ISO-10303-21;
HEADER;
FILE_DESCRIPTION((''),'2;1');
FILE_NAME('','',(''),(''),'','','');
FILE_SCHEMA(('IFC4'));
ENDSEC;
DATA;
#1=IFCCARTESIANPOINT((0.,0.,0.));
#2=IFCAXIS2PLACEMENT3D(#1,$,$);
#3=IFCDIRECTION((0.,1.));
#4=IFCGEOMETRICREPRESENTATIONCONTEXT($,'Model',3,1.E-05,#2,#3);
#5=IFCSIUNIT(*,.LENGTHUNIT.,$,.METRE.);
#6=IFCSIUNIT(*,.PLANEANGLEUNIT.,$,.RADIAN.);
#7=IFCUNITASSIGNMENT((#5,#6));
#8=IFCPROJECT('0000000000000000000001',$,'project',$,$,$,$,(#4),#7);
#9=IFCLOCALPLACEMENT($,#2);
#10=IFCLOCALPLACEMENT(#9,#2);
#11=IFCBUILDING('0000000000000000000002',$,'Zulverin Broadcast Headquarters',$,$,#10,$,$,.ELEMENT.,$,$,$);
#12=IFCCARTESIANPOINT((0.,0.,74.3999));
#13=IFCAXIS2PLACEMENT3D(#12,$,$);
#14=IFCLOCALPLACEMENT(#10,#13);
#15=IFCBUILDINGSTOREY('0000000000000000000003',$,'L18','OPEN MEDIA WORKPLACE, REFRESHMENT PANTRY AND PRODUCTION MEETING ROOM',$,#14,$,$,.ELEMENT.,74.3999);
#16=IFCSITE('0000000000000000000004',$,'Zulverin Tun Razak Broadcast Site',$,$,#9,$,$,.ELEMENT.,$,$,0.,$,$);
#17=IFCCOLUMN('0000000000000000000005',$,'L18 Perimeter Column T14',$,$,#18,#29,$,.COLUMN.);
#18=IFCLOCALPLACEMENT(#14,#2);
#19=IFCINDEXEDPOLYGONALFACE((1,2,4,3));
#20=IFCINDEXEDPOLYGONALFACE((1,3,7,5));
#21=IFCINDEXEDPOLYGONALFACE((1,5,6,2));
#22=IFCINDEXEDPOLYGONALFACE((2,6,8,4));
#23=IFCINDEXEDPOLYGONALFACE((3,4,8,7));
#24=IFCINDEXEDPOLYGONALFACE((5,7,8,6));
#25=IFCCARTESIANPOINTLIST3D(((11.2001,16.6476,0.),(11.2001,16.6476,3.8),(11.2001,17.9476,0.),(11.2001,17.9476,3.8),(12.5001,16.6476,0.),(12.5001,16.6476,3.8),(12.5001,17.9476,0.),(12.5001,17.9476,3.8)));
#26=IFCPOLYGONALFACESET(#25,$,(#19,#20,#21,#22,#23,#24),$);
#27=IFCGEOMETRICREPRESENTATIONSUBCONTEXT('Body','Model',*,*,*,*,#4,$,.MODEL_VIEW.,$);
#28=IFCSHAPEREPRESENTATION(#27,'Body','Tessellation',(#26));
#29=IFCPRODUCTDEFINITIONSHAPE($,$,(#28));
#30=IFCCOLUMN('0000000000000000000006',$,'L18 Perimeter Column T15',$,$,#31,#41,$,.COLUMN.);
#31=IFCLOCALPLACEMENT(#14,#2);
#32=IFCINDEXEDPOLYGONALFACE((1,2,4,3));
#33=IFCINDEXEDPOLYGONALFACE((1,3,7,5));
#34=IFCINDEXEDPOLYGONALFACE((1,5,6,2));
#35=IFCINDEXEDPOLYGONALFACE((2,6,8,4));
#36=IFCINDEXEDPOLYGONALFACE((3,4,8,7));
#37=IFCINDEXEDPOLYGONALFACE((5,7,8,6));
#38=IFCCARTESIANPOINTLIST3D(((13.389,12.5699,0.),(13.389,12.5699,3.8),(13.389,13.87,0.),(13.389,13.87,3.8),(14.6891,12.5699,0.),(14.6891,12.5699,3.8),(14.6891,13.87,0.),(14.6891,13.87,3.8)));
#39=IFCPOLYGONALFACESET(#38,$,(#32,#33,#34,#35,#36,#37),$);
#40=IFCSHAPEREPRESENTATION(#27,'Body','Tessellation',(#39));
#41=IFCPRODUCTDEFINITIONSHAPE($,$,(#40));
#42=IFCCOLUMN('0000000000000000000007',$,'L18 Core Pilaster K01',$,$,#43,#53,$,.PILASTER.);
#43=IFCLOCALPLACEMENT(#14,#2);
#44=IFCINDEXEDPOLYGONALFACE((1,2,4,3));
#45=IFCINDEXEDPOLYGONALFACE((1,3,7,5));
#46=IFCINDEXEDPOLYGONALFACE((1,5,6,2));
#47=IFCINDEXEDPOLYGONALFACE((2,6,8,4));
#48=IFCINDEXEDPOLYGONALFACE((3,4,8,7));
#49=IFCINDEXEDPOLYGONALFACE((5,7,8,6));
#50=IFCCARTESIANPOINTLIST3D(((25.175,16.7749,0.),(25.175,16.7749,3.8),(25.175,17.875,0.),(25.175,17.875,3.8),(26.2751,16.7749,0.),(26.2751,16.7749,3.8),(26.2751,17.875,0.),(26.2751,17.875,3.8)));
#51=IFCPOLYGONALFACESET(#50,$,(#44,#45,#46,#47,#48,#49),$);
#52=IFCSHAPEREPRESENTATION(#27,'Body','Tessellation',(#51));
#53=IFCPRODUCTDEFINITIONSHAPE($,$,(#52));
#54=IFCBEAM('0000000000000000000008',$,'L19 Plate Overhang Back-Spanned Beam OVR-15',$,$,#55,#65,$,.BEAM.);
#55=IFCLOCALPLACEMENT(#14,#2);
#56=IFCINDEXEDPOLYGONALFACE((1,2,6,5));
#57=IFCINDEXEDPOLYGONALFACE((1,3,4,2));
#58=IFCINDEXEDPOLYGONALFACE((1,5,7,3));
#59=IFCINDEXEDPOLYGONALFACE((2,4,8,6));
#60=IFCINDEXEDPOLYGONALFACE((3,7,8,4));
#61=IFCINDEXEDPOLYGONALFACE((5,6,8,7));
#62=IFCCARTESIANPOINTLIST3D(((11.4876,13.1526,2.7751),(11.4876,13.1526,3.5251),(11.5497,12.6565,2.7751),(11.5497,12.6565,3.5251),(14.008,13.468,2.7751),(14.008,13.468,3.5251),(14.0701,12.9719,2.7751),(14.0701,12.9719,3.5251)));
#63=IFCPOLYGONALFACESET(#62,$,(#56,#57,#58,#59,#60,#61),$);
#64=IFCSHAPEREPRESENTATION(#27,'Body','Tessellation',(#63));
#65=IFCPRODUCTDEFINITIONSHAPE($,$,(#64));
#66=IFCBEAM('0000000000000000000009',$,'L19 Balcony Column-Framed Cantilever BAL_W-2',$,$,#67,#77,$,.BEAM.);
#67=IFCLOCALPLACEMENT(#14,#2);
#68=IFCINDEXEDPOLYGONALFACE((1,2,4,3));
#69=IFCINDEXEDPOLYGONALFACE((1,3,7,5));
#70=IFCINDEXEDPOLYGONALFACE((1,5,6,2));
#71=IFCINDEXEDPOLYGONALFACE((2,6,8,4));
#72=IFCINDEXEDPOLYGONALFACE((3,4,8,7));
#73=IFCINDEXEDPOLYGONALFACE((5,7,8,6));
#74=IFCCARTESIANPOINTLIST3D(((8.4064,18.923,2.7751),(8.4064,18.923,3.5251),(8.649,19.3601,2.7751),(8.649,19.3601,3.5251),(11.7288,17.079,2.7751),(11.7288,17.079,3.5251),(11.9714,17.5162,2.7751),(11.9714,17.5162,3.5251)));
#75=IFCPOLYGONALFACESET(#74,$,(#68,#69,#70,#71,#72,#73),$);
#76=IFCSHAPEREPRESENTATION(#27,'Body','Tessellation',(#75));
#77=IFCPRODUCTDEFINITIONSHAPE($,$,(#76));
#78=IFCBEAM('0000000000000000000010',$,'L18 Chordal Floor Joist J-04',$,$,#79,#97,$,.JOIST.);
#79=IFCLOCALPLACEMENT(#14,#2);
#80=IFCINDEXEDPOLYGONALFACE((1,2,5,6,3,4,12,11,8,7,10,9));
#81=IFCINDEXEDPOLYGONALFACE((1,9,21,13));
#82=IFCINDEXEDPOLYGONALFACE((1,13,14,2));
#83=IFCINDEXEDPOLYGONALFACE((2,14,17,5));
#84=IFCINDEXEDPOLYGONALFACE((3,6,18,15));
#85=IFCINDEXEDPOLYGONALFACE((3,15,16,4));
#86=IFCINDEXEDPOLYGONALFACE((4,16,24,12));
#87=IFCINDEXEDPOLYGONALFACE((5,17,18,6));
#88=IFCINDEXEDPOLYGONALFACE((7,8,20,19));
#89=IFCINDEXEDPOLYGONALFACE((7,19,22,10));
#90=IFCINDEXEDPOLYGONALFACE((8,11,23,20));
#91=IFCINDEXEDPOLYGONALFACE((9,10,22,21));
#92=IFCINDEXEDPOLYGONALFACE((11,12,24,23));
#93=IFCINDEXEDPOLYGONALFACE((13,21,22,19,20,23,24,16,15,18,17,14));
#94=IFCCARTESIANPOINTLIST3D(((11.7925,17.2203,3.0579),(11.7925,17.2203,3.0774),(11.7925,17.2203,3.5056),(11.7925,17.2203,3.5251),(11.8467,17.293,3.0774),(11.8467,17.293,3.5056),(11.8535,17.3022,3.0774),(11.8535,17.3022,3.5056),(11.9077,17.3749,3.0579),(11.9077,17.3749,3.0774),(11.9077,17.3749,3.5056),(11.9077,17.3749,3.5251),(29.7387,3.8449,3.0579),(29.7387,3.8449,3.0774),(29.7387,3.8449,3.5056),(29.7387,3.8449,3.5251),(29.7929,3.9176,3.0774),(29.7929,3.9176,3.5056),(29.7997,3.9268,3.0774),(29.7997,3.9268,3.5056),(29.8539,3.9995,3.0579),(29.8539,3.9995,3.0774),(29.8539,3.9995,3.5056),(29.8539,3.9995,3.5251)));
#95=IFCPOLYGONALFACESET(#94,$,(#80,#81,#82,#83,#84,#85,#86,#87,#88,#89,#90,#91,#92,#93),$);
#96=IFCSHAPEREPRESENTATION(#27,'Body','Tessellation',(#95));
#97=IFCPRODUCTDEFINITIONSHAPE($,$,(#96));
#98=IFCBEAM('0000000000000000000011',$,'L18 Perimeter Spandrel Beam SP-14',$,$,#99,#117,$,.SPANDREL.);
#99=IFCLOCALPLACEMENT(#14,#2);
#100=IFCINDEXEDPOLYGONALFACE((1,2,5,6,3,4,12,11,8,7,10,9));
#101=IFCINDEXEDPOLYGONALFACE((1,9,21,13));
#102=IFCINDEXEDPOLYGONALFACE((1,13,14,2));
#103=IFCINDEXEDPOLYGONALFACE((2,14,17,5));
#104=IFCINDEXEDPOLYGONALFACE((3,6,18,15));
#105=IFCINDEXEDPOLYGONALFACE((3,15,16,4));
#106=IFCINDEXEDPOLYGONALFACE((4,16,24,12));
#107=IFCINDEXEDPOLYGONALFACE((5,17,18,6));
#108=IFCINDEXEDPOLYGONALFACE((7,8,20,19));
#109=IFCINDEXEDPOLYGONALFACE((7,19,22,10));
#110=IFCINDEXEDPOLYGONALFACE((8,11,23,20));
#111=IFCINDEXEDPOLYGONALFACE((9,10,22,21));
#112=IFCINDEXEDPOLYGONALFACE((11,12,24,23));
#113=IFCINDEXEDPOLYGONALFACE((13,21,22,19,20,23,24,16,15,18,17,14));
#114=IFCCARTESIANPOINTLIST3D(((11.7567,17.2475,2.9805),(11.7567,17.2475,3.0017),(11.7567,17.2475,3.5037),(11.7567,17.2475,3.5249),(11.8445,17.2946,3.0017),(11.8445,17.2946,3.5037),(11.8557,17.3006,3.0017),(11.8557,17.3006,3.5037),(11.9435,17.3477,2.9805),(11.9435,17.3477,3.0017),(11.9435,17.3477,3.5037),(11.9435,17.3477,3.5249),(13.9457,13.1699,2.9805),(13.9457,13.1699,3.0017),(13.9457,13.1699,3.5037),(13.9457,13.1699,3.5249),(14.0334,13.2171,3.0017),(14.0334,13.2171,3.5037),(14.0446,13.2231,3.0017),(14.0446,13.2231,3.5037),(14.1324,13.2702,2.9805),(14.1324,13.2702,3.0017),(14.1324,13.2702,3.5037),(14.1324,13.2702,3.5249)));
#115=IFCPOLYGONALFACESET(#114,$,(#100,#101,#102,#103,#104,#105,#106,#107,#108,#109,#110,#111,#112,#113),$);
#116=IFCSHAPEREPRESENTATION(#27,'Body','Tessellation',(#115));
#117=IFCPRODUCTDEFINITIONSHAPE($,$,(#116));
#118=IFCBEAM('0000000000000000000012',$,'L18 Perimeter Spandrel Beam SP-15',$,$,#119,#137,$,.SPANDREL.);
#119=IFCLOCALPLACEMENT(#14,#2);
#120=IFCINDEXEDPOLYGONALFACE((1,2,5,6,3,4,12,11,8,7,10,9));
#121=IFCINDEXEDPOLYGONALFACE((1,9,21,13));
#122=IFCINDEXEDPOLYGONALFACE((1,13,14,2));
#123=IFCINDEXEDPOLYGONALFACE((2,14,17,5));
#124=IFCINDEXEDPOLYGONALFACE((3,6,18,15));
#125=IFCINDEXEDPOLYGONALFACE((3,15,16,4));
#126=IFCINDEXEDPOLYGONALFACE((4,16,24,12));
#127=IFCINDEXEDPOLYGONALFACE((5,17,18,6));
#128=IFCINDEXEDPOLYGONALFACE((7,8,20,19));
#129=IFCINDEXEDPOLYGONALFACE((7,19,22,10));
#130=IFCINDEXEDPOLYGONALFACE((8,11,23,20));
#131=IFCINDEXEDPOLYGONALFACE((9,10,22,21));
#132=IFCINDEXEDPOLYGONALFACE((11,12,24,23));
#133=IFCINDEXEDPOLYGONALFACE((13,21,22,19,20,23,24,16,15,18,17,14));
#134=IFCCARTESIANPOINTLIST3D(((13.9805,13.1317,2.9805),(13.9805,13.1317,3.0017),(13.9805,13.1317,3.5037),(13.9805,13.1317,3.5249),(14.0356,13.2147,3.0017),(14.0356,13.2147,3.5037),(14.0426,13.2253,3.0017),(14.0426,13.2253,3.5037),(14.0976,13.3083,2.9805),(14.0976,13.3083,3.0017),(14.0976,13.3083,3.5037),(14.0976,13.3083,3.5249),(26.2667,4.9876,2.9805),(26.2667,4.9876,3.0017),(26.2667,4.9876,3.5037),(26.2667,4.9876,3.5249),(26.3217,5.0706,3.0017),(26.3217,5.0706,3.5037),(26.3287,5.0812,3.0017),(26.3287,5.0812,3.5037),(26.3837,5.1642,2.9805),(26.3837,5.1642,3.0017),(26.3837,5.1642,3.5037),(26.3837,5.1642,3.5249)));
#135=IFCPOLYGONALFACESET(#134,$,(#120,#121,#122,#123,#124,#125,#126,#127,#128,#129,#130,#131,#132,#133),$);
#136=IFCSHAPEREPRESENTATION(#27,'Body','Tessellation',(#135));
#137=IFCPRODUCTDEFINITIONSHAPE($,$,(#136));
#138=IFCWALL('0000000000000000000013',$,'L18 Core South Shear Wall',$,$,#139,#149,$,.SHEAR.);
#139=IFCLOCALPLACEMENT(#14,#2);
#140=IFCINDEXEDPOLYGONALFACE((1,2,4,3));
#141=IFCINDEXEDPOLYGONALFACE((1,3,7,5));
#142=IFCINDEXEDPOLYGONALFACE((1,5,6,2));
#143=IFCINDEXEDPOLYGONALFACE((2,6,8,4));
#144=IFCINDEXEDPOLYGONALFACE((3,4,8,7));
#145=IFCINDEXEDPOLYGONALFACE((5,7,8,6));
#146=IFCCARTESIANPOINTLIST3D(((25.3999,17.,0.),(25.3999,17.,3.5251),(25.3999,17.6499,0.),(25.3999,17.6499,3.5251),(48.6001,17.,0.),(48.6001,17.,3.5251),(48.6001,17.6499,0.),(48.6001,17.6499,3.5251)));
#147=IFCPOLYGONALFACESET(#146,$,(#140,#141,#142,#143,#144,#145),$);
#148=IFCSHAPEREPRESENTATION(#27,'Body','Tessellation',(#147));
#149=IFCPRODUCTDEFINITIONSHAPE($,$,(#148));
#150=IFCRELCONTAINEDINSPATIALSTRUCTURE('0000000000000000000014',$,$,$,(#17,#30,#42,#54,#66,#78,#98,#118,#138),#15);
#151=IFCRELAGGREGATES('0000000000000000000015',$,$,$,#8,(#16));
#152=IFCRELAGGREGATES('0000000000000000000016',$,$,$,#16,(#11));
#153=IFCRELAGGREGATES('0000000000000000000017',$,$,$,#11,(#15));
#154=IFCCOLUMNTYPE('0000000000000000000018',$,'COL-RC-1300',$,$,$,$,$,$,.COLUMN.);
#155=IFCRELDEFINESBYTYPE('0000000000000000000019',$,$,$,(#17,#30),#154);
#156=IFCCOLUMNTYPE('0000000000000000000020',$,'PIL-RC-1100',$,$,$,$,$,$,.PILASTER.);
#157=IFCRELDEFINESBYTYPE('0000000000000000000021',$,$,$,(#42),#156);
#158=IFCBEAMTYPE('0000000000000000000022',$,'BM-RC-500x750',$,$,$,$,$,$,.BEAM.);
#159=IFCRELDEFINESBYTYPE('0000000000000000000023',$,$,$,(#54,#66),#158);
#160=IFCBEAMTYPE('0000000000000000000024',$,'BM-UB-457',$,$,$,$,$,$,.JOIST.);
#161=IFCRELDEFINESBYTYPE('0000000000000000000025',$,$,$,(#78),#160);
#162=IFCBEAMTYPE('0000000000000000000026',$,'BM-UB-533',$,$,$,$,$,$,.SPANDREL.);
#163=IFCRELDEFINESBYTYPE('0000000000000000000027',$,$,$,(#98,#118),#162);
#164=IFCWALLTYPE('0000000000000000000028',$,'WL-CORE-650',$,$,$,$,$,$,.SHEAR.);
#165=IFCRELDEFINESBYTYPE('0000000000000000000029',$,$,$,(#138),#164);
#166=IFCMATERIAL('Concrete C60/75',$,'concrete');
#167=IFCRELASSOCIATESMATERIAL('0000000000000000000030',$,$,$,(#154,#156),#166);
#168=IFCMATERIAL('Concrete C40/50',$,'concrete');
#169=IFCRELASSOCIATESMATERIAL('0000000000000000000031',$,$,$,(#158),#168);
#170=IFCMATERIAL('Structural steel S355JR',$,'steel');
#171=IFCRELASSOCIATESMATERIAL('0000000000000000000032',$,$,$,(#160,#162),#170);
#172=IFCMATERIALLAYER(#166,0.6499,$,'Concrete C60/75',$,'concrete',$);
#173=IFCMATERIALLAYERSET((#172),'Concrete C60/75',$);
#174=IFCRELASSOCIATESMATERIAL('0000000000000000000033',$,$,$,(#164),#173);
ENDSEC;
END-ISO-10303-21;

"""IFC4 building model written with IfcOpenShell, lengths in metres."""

from ifc_helpers import new_model, si_unit, direction, frame, frame_2d, origin, origin_2d, place, context, subcontext, project, spatial, rectangle, i_section, extrude, material, layer, layer_set, material_profile, profile_set, type_object, element, save


model = new_model("IFC4")

# Units and contexts
model_context = context("Model", 3, precision=1e-05, world=origin(), true_north=direction((0.0, 1.0)))
body_context = subcontext(model_context, "Body", "Model", "MODEL_VIEW")
ifc_project = project(units=[si_unit("LENGTHUNIT", "METRE"), si_unit("PLANEANGLEUNIT", "RADIAN")], contexts=[model_context])

# Site, building, storey
site_placement = place(None, origin())
site = spatial("IfcSite", under=ifc_project, at=site_placement, Name="Zulverin Tun Razak Broadcast Site", CompositionType="ELEMENT", RefElevation=0.0)
building_placement = place(site_placement, origin())
building = spatial("IfcBuilding", under=site, at=building_placement, Name="Zulverin Broadcast Headquarters", CompositionType="ELEMENT")
storey_placement = place(building_placement, frame((0.0, 0.0, 74.3999)))
storey = spatial("IfcBuildingStorey", under=building, at=storey_placement, Name="L18", Description="OPEN MEDIA WORKPLACE, REFRESHMENT PANTRY AND PRODUCTION MEETING ROOM", CompositionType="ELEMENT", Elevation=74.3999)

# Columns
ifc_material_1 = material(Name="Concrete C60/75", Category="concrete")
ifc_material_profile_1 = material_profile(ifc_material_1, rectangle(XDim=1.3, YDim=1.3, at=origin_2d()), Name="Concrete C60/75", Category="concrete")
ifc_profile_set_1 = profile_set([ifc_material_profile_1], Name="Concrete C60/75")
column_type_1 = type_object("IfcColumnType", Name="COL-RC-1300", PredefinedType="COLUMN", material=ifc_profile_set_1)
for number, where, z_axis, x_axis, name in (
    (1, (11.8501, 17.2976, 0.0), (0.0, 0.0, 1.0), (1.0, 0.0, 0.0), "L18 Perimeter Column T14"),
    (2, (14.0391, 13.22, 0.0), (0.0, 0.0, 1.0), (1.0, 0.0, 0.0), "L18 Perimeter Column T15"),
):
    element("IfcColumn", number, at=place(storey_placement, frame(where, z_axis=z_axis, x_axis=x_axis)), inside=storey, type_object=column_type_1, Name=name, PredefinedType="COLUMN", context=body_context, shape_type="SweptSolid", body=[
        extrude(rectangle(XDim=1.3, YDim=1.3, at=origin_2d()), origin(), (0.0, 0.0, 1.0), 3.8),
    ])
ifc_material_profile_2 = material_profile(ifc_material_1, rectangle(XDim=1.1001, YDim=1.1001, at=origin_2d()), Name="Concrete C60/75", Category="concrete")
ifc_profile_set_2 = profile_set([ifc_material_profile_2], Name="Concrete C60/75")
column_type_2 = type_object("IfcColumnType", Name="PIL-RC-1100", PredefinedType="PILASTER", material=ifc_profile_set_2)
column_placement = place(storey_placement, frame((25.7251, 17.325, 0.0), z_axis=(0.0, 0.0, 1.0), x_axis=(1.0, 0.0, 0.0)))
element("IfcColumn", 3, at=column_placement, inside=storey, type_object=column_type_2, Name="L18 Core Pilaster K01", PredefinedType="PILASTER", context=body_context, shape_type="SweptSolid", body=[
    extrude(rectangle(XDim=1.1001, YDim=1.1001, at=origin_2d()), origin(), (0.0, 0.0, 1.0), 3.8),
])

# Beams
ifc_material_2 = material(Name="Concrete C40/50", Category="concrete")
ifc_material_profile_3 = material_profile(ifc_material_2, rectangle(XDim=0.5, YDim=0.75, at=origin_2d()), Name="Concrete C40/50", Category="concrete")
ifc_profile_set_3 = profile_set([ifc_material_profile_3], Name="Concrete C40/50")
beam_type_1 = type_object("IfcBeamType", Name="BM-RC-500x750", PredefinedType="BEAM", material=ifc_profile_set_3)
beam_1_placement = place(storey_placement, frame((14.0391, 13.22, 3.1501), z_axis=(-0.992259, -0.124189, 0.0), x_axis=(0.124189, -0.992259, 0.0)))
element("IfcBeam", 4, at=beam_1_placement, inside=storey, type_object=beam_type_1, Name="L19 Plate Overhang Back-Spanned Beam OVR-15", PredefinedType="BEAM", context=body_context, shape_type="SweptSolid", body=[
    extrude(rectangle(XDim=0.5, YDim=0.75, at=origin_2d()), origin(), (0.0, 0.0, 1.0), 2.54),
])
beam_2_placement = place(storey_placement, frame((11.8501, 17.2976, 3.1501), z_axis=(-0.874363, 0.485272, 0.0), x_axis=(-0.485272, -0.874363, 0.0)))
element("IfcBeam", 5, at=beam_2_placement, inside=storey, type_object=beam_type_1, Name="L19 Balcony Column-Framed Cantilever BAL_W-2", PredefinedType="BEAM", context=body_context, shape_type="SweptSolid", body=[
    extrude(rectangle(XDim=0.5, YDim=0.75, at=origin_2d()), origin(), (0.0, 0.0, 1.0), 3.7998),
])
ifc_material_3 = material(Name="Structural steel S355JR", Category="steel")
ifc_material_profile_4 = material_profile(ifc_material_3, i_section(OverallWidth=0.1929, OverallDepth=0.4673, WebThickness=0.0115, FlangeThickness=0.0195, at=origin_2d()), Name="Structural steel S355JR", Category="steel")
ifc_profile_set_4 = profile_set([ifc_material_profile_4], Name="Structural steel S355JR")
beam_type_2 = type_object("IfcBeamType", Name="BM-UB-457", PredefinedType="JOIST", material=ifc_profile_set_4)
beam_3_placement = place(storey_placement, frame((11.8501, 17.2976, 3.2915), z_axis=(0.801803, -0.597589, 0.0), x_axis=(0.597589, 0.801803, 0.0)))
element("IfcBeam", 6, at=beam_3_placement, inside=storey, type_object=beam_type_2, Name="L18 Chordal Floor Joist J-04", PredefinedType="JOIST", context=body_context, shape_type="SweptSolid", body=[
    extrude(i_section(OverallWidth=0.1929, OverallDepth=0.4673, WebThickness=0.0115, FlangeThickness=0.0195, at=origin_2d()), origin(), (0.0, 0.0, 1.0), 22.3823),
])
ifc_material_profile_5 = material_profile(ifc_material_3, i_section(OverallWidth=0.2119, OverallDepth=0.5444, WebThickness=0.0127, FlangeThickness=0.0212, at=origin_2d()), Name="Structural steel S355JR", Category="steel")
ifc_profile_set_5 = profile_set([ifc_material_profile_5], Name="Structural steel S355JR")
beam_type_3 = type_object("IfcBeamType", Name="BM-UB-533", PredefinedType="SPANDREL", material=ifc_profile_set_5)
beam_4_placement = place(storey_placement, frame((11.8501, 17.2976, 3.2527), z_axis=(0.47298, -0.881073, 0.0), x_axis=(0.881073, 0.47298, 0.0)))
element("IfcBeam", 7, at=beam_4_placement, inside=storey, type_object=beam_type_3, Name="L18 Perimeter Spandrel Beam SP-14", PredefinedType="SPANDREL", context=body_context, shape_type="SweptSolid", body=[
    extrude(i_section(OverallWidth=0.2119, OverallDepth=0.5444, WebThickness=0.0127, FlangeThickness=0.0212, at=origin_2d()), origin(), (0.0, 0.0, 1.0), 4.6279),
])
beam_5_placement = place(storey_placement, frame((14.0391, 13.22, 3.2527), z_axis=(0.83351, -0.552504, 0.0), x_axis=(0.552504, 0.83351, 0.0)))
element("IfcBeam", 8, at=beam_5_placement, inside=storey, type_object=beam_type_3, Name="L18 Perimeter Spandrel Beam SP-15", PredefinedType="SPANDREL", context=body_context, shape_type="SweptSolid", body=[
    extrude(i_section(OverallWidth=0.2119, OverallDepth=0.5444, WebThickness=0.0127, FlangeThickness=0.0212, at=origin_2d()), origin(), (0.0, 0.0, 1.0), 14.7402),
])

# Wall
ifc_layer_1 = layer(ifc_material_1, 0.6499, Name="Concrete C60/75", Category="concrete")
ifc_layer_set_1 = layer_set([ifc_layer_1], Name="Concrete C60/75")
wall_type_1 = type_object("IfcWallType", Name="WL-CORE-650", PredefinedType="SHEAR", material=ifc_layer_set_1)
wall_1_placement = place(storey_placement, frame((25.3999, 17.325, 0.0), z_axis=(0.0, 0.0, 1.0), x_axis=(1.0, 0.0, 0.0)))
element("IfcWall", 9, at=wall_1_placement, inside=storey, type_object=wall_type_1, Name="L18 Core South Shear Wall", PredefinedType="SHEAR", context=body_context, shape_type="SweptSolid", body=[
    extrude(rectangle(XDim=23.2002, YDim=0.6499, at=frame_2d((11.6001, 0.0))), origin(), (0.0, 0.0, 1.0), 3.5251),
])

save(model, "model.ifc")
